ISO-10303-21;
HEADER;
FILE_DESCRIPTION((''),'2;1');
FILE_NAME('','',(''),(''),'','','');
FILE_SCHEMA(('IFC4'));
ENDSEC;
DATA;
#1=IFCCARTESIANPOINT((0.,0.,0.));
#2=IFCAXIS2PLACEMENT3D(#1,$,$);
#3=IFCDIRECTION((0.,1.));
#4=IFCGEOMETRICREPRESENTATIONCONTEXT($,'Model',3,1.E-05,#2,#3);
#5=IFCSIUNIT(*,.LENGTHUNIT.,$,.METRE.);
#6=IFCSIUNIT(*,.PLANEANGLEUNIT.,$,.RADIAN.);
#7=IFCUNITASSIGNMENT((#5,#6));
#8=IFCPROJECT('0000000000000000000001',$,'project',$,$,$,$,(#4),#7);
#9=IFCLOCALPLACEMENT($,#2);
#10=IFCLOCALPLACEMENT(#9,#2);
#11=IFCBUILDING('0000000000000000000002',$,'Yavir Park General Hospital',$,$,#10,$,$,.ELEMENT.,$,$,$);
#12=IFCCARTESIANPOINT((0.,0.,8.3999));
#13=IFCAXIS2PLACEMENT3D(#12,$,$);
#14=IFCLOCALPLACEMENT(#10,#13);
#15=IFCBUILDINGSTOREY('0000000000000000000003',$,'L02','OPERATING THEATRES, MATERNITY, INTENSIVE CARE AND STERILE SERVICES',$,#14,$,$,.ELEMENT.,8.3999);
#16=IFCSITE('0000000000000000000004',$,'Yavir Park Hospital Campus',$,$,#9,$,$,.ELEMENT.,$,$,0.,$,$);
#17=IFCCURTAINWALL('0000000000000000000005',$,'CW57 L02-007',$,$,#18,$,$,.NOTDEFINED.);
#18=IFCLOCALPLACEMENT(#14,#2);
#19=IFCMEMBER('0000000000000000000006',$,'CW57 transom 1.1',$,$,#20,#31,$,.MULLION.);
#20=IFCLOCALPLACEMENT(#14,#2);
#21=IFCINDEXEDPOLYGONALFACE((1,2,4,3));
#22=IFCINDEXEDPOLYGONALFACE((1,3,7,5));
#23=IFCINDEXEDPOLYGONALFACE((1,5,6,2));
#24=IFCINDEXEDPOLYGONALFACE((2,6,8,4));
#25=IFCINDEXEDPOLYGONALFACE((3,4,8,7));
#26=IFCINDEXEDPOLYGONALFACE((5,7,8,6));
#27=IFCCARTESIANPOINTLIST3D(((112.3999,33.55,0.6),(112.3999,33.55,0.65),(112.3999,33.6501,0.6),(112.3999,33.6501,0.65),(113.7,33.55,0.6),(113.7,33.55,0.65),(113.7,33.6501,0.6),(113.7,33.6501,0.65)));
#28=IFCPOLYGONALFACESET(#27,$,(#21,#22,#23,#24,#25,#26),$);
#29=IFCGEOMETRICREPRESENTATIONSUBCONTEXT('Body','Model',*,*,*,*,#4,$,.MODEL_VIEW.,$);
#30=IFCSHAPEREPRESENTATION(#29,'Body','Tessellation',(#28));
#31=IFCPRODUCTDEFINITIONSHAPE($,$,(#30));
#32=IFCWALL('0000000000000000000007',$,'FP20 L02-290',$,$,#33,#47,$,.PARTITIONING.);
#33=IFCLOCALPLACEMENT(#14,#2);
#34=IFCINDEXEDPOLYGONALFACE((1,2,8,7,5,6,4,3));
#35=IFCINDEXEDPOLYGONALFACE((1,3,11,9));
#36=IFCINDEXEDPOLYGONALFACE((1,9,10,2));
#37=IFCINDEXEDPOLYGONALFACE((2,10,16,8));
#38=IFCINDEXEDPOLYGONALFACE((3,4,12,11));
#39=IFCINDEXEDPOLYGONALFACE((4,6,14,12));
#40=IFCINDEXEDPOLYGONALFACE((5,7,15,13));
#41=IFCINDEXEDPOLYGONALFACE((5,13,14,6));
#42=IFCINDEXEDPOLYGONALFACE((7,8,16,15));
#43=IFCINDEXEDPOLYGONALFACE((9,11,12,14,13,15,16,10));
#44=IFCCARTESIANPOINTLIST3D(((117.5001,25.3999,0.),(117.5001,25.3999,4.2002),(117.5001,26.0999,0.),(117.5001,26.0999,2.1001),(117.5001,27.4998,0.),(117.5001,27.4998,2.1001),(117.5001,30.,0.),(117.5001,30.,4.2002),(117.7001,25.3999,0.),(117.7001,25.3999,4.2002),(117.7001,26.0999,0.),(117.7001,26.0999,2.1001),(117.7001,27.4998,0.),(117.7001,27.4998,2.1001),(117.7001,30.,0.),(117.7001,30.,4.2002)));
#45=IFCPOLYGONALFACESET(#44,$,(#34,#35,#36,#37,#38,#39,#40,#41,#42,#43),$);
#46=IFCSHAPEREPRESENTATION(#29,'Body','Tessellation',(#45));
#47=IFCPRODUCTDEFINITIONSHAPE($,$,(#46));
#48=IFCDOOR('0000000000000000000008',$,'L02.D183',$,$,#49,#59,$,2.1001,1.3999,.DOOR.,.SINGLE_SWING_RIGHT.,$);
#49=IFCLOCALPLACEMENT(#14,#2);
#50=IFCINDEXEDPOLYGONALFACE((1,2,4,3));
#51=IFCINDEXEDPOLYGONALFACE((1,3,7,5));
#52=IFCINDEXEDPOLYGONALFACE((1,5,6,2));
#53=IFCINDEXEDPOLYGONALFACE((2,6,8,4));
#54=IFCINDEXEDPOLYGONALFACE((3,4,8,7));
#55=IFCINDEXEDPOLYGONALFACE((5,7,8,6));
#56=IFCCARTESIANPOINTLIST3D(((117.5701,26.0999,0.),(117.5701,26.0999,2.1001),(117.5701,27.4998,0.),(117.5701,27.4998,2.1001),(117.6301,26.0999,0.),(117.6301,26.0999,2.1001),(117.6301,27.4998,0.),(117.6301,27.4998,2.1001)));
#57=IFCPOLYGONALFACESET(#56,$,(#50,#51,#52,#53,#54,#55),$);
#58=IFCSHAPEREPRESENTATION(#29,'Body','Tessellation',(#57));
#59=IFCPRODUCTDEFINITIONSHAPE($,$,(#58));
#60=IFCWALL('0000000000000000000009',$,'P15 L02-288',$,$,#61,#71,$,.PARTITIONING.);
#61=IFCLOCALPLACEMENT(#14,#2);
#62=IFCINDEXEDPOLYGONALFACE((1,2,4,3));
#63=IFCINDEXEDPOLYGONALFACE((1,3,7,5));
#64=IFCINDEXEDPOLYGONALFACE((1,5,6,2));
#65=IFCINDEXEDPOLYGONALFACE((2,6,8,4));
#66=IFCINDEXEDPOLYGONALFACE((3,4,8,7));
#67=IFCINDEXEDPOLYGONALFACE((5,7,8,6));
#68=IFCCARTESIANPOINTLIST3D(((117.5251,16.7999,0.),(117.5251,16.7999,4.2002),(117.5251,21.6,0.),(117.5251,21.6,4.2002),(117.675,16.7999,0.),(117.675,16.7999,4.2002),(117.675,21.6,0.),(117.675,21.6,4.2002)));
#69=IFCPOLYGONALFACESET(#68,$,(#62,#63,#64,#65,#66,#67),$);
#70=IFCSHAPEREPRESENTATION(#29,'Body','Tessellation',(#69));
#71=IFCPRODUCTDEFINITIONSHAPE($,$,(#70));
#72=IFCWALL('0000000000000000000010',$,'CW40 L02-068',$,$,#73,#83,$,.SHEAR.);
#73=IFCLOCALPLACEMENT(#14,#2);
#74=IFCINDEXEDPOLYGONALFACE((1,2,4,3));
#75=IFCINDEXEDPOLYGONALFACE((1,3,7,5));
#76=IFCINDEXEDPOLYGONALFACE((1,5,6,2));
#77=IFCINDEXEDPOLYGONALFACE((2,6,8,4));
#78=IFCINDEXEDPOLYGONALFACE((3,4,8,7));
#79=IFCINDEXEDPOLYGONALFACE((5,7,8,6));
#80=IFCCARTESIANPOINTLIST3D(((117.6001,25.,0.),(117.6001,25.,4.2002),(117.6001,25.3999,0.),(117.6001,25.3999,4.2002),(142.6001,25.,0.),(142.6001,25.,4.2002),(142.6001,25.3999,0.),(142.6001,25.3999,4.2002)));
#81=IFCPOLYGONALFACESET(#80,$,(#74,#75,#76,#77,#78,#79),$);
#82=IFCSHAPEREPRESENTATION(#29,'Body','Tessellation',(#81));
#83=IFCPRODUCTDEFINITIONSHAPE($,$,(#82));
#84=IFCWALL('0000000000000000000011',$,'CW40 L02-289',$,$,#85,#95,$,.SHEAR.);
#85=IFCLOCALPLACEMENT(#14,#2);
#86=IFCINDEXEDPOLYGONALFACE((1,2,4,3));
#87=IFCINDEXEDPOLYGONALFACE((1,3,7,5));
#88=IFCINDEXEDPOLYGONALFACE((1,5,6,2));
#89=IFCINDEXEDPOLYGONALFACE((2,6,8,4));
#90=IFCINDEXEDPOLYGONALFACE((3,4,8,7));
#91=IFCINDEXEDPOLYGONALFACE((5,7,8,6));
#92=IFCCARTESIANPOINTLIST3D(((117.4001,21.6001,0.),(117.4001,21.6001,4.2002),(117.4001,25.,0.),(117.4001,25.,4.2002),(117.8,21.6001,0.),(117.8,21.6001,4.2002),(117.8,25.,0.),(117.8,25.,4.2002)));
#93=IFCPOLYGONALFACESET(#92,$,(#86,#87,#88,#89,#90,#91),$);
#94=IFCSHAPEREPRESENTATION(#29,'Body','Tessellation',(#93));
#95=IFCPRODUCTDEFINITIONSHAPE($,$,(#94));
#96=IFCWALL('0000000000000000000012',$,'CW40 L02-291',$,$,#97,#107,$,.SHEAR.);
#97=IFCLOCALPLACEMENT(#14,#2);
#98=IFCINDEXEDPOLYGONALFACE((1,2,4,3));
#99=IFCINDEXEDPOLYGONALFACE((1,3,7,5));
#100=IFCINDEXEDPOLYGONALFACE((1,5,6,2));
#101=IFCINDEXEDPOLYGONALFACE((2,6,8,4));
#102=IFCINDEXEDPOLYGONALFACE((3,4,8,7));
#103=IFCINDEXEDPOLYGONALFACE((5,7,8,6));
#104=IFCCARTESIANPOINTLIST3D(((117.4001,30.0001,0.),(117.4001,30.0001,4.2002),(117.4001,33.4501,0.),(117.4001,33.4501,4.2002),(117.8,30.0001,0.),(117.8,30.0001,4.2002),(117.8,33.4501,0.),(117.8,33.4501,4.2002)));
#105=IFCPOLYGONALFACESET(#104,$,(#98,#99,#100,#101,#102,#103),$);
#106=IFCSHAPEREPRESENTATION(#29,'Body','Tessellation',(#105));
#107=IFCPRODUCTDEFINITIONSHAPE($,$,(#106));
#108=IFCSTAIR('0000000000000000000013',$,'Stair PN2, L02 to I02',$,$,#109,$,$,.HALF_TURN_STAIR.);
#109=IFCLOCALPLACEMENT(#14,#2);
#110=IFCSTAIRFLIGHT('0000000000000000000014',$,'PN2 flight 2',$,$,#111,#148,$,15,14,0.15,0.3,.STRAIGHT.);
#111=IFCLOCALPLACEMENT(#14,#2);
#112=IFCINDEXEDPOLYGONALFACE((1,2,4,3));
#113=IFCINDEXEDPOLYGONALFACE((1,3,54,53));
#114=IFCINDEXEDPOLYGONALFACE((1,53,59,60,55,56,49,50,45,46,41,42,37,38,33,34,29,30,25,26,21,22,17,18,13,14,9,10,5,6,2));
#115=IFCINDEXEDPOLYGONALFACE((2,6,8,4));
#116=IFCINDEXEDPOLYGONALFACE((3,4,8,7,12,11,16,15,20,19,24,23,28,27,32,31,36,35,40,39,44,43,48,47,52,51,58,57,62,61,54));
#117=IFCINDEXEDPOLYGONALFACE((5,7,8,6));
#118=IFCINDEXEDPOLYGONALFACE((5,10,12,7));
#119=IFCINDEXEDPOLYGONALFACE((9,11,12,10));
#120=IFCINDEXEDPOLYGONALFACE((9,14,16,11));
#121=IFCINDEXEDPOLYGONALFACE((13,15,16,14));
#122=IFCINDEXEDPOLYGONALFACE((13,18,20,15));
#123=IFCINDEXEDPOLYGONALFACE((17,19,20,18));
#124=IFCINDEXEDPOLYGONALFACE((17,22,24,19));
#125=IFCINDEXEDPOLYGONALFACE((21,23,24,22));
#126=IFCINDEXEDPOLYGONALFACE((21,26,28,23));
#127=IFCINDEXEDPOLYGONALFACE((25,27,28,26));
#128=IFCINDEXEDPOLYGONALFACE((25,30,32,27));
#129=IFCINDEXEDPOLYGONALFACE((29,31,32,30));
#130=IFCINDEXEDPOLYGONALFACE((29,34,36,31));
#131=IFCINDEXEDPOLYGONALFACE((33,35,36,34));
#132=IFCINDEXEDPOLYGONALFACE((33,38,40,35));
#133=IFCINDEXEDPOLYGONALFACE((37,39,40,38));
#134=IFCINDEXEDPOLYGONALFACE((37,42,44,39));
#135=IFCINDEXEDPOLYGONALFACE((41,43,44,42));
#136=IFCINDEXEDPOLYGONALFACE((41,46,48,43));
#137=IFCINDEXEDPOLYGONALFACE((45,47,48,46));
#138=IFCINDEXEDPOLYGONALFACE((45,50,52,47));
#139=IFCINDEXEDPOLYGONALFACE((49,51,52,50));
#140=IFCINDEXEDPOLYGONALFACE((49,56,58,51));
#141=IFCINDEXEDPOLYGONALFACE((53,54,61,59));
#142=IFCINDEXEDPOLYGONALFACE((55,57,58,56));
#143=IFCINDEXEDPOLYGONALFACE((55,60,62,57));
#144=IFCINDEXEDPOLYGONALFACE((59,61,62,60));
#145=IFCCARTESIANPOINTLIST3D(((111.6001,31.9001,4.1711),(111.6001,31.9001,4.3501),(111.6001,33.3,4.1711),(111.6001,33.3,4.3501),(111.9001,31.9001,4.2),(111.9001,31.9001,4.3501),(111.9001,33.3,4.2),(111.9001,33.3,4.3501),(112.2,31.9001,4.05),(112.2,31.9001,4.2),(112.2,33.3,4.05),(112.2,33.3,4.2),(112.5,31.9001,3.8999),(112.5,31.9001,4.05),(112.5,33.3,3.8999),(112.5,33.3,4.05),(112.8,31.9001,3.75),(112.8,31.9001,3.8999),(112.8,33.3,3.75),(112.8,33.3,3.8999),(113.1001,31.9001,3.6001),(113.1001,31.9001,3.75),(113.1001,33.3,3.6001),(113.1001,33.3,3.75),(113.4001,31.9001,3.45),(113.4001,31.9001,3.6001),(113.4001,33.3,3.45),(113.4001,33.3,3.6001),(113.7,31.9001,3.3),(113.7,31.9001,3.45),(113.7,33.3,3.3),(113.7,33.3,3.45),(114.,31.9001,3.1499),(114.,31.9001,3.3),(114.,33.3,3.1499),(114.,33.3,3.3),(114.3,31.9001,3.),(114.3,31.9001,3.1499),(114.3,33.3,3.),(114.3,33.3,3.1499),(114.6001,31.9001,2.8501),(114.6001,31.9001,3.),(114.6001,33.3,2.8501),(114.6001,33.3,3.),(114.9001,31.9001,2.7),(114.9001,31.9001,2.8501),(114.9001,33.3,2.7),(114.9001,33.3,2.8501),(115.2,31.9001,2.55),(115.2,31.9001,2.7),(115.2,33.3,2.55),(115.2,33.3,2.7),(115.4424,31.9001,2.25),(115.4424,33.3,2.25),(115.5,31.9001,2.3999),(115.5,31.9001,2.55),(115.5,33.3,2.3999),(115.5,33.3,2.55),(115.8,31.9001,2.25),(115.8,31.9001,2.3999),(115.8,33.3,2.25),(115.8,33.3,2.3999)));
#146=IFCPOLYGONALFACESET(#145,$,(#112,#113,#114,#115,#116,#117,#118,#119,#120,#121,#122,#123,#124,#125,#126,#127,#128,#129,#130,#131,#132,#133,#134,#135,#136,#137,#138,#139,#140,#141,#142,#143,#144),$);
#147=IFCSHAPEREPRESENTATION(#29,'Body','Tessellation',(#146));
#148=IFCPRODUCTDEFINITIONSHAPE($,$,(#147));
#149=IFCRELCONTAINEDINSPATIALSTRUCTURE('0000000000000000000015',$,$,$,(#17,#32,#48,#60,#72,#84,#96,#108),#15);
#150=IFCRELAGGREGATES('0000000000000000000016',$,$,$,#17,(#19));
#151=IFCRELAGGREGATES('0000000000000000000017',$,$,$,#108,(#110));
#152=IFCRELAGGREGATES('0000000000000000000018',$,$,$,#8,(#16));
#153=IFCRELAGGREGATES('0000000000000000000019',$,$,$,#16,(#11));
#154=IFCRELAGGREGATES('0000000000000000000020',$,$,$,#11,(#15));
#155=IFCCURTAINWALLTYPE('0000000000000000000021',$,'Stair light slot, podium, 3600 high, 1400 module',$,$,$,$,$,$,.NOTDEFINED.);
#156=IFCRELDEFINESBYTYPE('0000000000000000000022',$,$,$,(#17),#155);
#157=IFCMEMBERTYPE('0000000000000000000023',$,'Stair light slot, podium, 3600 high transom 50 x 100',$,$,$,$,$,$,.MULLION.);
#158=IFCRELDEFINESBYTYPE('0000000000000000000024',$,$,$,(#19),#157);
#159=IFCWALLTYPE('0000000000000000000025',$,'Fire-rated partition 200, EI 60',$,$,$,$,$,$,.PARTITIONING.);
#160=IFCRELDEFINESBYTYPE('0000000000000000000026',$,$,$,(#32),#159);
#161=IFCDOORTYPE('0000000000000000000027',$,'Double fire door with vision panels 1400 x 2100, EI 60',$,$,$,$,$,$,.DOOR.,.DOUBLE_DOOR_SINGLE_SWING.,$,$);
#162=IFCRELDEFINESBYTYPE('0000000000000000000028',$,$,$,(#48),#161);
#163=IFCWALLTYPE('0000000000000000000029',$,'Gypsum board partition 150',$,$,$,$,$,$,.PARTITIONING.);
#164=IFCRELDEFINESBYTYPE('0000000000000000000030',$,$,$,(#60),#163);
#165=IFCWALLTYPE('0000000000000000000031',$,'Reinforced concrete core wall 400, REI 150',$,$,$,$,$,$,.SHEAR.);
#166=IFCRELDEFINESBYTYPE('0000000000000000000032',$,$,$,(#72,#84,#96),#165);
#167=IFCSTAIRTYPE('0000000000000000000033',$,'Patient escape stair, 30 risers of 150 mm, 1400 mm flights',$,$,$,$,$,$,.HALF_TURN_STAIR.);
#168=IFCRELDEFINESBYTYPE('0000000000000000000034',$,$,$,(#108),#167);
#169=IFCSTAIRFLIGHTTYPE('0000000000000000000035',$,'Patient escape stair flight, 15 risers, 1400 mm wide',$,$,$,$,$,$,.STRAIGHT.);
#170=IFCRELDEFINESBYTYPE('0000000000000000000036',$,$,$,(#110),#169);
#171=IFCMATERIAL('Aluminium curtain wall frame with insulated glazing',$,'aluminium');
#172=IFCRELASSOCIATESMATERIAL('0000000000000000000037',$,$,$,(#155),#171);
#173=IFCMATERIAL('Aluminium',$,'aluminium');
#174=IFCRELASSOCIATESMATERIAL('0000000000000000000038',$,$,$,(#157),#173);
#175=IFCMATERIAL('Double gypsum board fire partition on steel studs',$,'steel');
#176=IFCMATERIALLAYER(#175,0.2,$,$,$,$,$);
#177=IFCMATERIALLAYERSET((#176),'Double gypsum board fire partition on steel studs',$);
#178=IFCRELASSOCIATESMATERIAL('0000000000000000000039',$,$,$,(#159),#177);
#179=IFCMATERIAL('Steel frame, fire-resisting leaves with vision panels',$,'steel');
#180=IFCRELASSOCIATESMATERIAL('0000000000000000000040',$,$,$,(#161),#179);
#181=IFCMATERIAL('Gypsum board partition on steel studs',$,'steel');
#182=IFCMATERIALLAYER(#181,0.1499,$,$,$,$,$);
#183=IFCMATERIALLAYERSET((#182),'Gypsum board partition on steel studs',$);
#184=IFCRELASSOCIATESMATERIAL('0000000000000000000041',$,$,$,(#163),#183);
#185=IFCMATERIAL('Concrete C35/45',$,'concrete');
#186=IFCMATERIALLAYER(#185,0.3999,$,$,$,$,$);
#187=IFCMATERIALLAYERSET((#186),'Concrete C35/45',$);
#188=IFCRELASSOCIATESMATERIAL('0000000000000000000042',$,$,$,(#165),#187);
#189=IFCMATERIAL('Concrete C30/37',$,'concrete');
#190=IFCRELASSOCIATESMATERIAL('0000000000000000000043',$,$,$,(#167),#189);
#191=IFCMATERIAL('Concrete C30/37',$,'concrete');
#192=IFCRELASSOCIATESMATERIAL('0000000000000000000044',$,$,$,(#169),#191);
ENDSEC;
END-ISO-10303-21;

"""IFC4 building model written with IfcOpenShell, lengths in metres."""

from ifc_helpers import new_model, si_unit, direction, frame, frame_2d, origin, origin_2d, place, context, subcontext, project, spatial, polyline, rectangle, outline, extrude, material, layer, layer_set, material_profile, profile_set, type_object, element, fill, aggregate, save


model = new_model("IFC4")

# Units and contexts
model_context = context("Model", 3, precision=1e-05, world=origin(), true_north=direction((0.0, 1.0)))
body_context = subcontext(model_context, "Body", "Model", "MODEL_VIEW")
ifc_project = project(units=[si_unit("LENGTHUNIT", "METRE"), si_unit("PLANEANGLEUNIT", "RADIAN")], contexts=[model_context])

# Site, building, storey
site_placement = place(None, origin())
site = spatial("IfcSite", under=ifc_project, at=site_placement, Name="Yavir Park Hospital Campus", CompositionType="ELEMENT", RefElevation=0.0)
building_placement = place(site_placement, origin())
building = spatial("IfcBuilding", under=site, at=building_placement, Name="Yavir Park General Hospital", CompositionType="ELEMENT")
storey_placement = place(building_placement, frame((0.0, 0.0, 8.3999)))
storey = spatial("IfcBuildingStorey", under=building, at=storey_placement, Name="L02", Description="OPERATING THEATRES, MATERNITY, INTENSIVE CARE AND STERILE SERVICES", CompositionType="ELEMENT", Elevation=8.3999)

# Curtain wall, member
ifc_material_1 = material(Name="Aluminium curtain wall frame with insulated glazing", Category="aluminium")
curtain_wall_type = type_object("IfcCurtainWallType", Name="Stair light slot, podium, 3600 high, 1400 module", PredefinedType="NOTDEFINED", material=ifc_material_1)
curtain_wall_placement = place(storey_placement, origin())
curtain_wall = element("IfcCurtainWall", 1, at=curtain_wall_placement, inside=storey, type_object=curtain_wall_type, Name="CW57 L02-007", PredefinedType="NOTDEFINED")
ifc_material_2 = material(Name="Aluminium", Category="aluminium")
ifc_material_profile = material_profile(ifc_material_2, rectangle(XDim=0.1001, YDim=0.05, at=origin_2d()), Name="AL 100x50")
ifc_profile_set = profile_set([ifc_material_profile], Name="Aluminium")
member_type = type_object("IfcMemberType", Name="Stair light slot, podium, 3600 high transom 50 x 100", PredefinedType="MULLION", material=ifc_profile_set)
member_placement = place(storey_placement, frame((112.3999, 33.6001, 0.625), z_axis=(1.0, 0.0, 0.0), x_axis=(0.0, 1.0, 0.0)))
member = element("IfcMember", 2, at=member_placement, type_object=member_type, Name="CW57 transom 1.1", PredefinedType="MULLION", context=body_context, shape_type="SweptSolid", body=[
    extrude(rectangle(XDim=0.1001, YDim=0.05, at=origin_2d()), origin(), (0.0, 0.0, 1.0), 1.3),
])
aggregate(curtain_wall, [member])

# Wall, opening, door
ifc_material_3 = material(Name="Double gypsum board fire partition on steel studs", Category="steel")
ifc_layer_1 = layer(ifc_material_3, 0.2)
ifc_layer_set_1 = layer_set([ifc_layer_1], Name="Double gypsum board fire partition on steel studs")
wall_type_1 = type_object("IfcWallType", Name="Fire-rated partition 200, EI 60", PredefinedType="PARTITIONING", material=ifc_layer_set_1)
wall_1_placement = place(storey_placement, frame((117.6001, 25.3999, 0.0), z_axis=(0.0, 0.0, 1.0), x_axis=(0.0, 1.0, 0.0)))
wall_1 = element("IfcWall", 3, at=wall_1_placement, inside=storey, type_object=wall_type_1, Name="FP20 L02-290", PredefinedType="PARTITIONING", context=body_context, shape_type="SweptSolid", body=[
    extrude(rectangle(XDim=4.6001, YDim=0.2, at=frame_2d((2.3, 0.0))), origin(), (0.0, 0.0, 1.0), 4.2002),
])
opening_1_placement = place(wall_1_placement, frame((0.7, 0.0, 0.0)))
opening_1 = element("IfcOpeningElement", 4, at=opening_1_placement, cuts=wall_1, PredefinedType="OPENING", context=body_context, shape_type="SweptSolid", body=[
    extrude(rectangle(XDim=1.3999, YDim=2.1001, at=frame_2d((0.7, 1.05))), frame((0.0, 0.1099, 0.0), z_axis=(0.0, -1.0, 0.0), x_axis=(1.0, 0.0, 0.0)), (0.0, 0.0, 1.0), 0.22),
])
ifc_material_4 = material(Name="Steel frame, fire-resisting leaves with vision panels", Category="steel")
door_type_1 = type_object("IfcDoorType", Name="Double fire door with vision panels 1400 x 2100, EI 60", OperationType="DOUBLE_DOOR_SINGLE_SWING", PredefinedType="DOOR", material=ifc_material_4)
door_1_placement = place(opening_1_placement, origin())
door_1 = element("IfcDoor", 5, at=door_1_placement, inside=storey, type_object=door_type_1, Name="L02.D183", OperationType="SINGLE_SWING_RIGHT", OverallHeight=2.1001, OverallWidth=1.3999, PredefinedType="DOOR", context=body_context, shape_type="SweptSolid", body=[
    extrude(rectangle(XDim=1.3999, YDim=2.1001, at=frame_2d((0.7, 1.05))), frame((0.0, 0.03, 0.0), z_axis=(0.0, -1.0, 0.0), x_axis=(1.0, 0.0, 0.0)), (0.0, 0.0, 1.0), 0.0601),
])
fill(opening_1, door_1)

# Shared definitions
ifc_material_5 = material(Name="Gypsum board partition on steel studs", Category="steel")
ifc_layer_2 = layer(ifc_material_5, 0.1499)
ifc_layer_set_2 = layer_set([ifc_layer_2], Name="Gypsum board partition on steel studs")
wall_type_2 = type_object("IfcWallType", Name="Gypsum board partition 150", PredefinedType="PARTITIONING", material=ifc_layer_set_2)

# Walls
wall_2_placement = place(storey_placement, frame((117.6001, 16.8, 0.0), z_axis=(0.0, 0.0, 1.0), x_axis=(0.0, 1.0, 0.0)))
element("IfcWall", 6, at=wall_2_placement, inside=storey, type_object=wall_type_2, Name="P15 L02-288", PredefinedType="PARTITIONING", context=body_context, shape_type="SweptSolid", body=[
    extrude(rectangle(XDim=4.8, YDim=0.1499, at=frame_2d((2.3999, 0.0))), origin(), (0.0, 0.0, 1.0), 4.2002),
])
ifc_material_6 = material(Name="Concrete C35/45", Category="concrete")
ifc_layer_3 = layer(ifc_material_6, 0.3999)
ifc_layer_set_3 = layer_set([ifc_layer_3], Name="Concrete C35/45")
wall_type_3 = type_object("IfcWallType", Name="Reinforced concrete core wall 400, REI 150", PredefinedType="SHEAR", material=ifc_layer_set_3)
wall_3_placement = place(storey_placement, frame((117.6001, 25.2, 0.0), z_axis=(0.0, 0.0, 1.0), x_axis=(1.0, 0.0, 0.0)))
element("IfcWall", 7, at=wall_3_placement, inside=storey, type_object=wall_type_3, Name="CW40 L02-068", PredefinedType="SHEAR", context=body_context, shape_type="SweptSolid", body=[
    extrude(rectangle(XDim=25.0, YDim=0.3999, at=frame_2d((12.5, 0.0))), origin(), (0.0, 0.0, 1.0), 4.2002),
])
wall_4_placement = place(storey_placement, frame((117.6001, 21.6001, 0.0), z_axis=(0.0, 0.0, 1.0), x_axis=(0.0, 1.0, 0.0)))
element("IfcWall", 8, at=wall_4_placement, inside=storey, type_object=wall_type_3, Name="CW40 L02-289", PredefinedType="SHEAR", context=body_context, shape_type="SweptSolid", body=[
    extrude(rectangle(XDim=3.3999, YDim=0.3999, at=frame_2d((1.7, 0.0))), origin(), (0.0, 0.0, 1.0), 4.2002),
])
wall_5_placement = place(storey_placement, frame((117.6001, 30.0, 0.0), z_axis=(0.0, 0.0, 1.0), x_axis=(0.0, 1.0, 0.0)))
element("IfcWall", 9, at=wall_5_placement, inside=storey, type_object=wall_type_3, Name="CW40 L02-291", PredefinedType="SHEAR", context=body_context, shape_type="SweptSolid", body=[
    extrude(rectangle(XDim=3.45, YDim=0.3999, at=frame_2d((1.7251, 0.0))), origin(), (0.0, 0.0, 1.0), 4.2002),
])

# Stair, stair flight
ifc_material_7 = material(Name="Concrete C30/37", Category="concrete")
stair_type = type_object("IfcStairType", Name="Patient escape stair, 30 risers of 150 mm, 1400 mm flights", PredefinedType="HALF_TURN_STAIR", material=ifc_material_7)
stair_placement = place(storey_placement, origin())
stair = element("IfcStair", 10, at=stair_placement, inside=storey, type_object=stair_type, Name="Stair PN2, L02 to I02", PredefinedType="HALF_TURN_STAIR")
ifc_material_8 = material(Name="Concrete C30/37", Category="concrete")
stair_flight_type = type_object("IfcStairFlightType", Name="Patient escape stair flight, 15 risers, 1400 mm wide", PredefinedType="STRAIGHT", material=ifc_material_8)
stair_flight_placement = place(storey_placement, frame((115.8, 32.6001, 2.25), z_axis=(0.0, 0.0, 1.0), x_axis=(-1.0, 0.0, 0.0)))
stair_flight = element("IfcStairFlight", 11, at=stair_flight_placement, type_object=stair_flight_type, Name="PN2 flight 2", NumberOfRisers=15, NumberOfTreads=14, PredefinedType="STRAIGHT", RiserHeight=0.15, TreadLength=0.3, context=body_context, shape_type="SweptSolid", body=[
    extrude(outline(polyline([(0.0, 0.0), (0.0, 0.1499), (0.3, 0.1499), (0.3, 0.3), (0.6001, 0.3), (0.6001, 0.45), (0.8999, 0.45), (0.8999, 0.6001), (1.2, 0.6001), (1.2, 0.75), (1.5, 0.75), (1.5, 0.8999), (1.8, 0.8999), (1.8, 1.05), (2.1001, 1.05), (2.1001, 1.2), (2.3999, 1.2), (2.3999, 1.3501), (2.7, 1.3501), (2.7, 1.5), (3.0, 1.5), (3.0, 1.6499), (3.3, 1.6499), (3.3, 1.8), (3.6001, 1.8), (3.6001, 1.95), (3.8999, 1.95), (3.8999, 2.1001), (4.2, 2.1001), (4.2, 2.25), (4.2, 1.9211), (0.3577, 0.0), (0.0, 0.0)])), frame((0.0, 0.7, 0.0), z_axis=(0.0, -1.0, 0.0), x_axis=(1.0, 0.0, 0.0)), (0.0, 0.0, 1.0), 1.3999),
])
aggregate(stair, [stair_flight])

save(model, "model.ifc")
